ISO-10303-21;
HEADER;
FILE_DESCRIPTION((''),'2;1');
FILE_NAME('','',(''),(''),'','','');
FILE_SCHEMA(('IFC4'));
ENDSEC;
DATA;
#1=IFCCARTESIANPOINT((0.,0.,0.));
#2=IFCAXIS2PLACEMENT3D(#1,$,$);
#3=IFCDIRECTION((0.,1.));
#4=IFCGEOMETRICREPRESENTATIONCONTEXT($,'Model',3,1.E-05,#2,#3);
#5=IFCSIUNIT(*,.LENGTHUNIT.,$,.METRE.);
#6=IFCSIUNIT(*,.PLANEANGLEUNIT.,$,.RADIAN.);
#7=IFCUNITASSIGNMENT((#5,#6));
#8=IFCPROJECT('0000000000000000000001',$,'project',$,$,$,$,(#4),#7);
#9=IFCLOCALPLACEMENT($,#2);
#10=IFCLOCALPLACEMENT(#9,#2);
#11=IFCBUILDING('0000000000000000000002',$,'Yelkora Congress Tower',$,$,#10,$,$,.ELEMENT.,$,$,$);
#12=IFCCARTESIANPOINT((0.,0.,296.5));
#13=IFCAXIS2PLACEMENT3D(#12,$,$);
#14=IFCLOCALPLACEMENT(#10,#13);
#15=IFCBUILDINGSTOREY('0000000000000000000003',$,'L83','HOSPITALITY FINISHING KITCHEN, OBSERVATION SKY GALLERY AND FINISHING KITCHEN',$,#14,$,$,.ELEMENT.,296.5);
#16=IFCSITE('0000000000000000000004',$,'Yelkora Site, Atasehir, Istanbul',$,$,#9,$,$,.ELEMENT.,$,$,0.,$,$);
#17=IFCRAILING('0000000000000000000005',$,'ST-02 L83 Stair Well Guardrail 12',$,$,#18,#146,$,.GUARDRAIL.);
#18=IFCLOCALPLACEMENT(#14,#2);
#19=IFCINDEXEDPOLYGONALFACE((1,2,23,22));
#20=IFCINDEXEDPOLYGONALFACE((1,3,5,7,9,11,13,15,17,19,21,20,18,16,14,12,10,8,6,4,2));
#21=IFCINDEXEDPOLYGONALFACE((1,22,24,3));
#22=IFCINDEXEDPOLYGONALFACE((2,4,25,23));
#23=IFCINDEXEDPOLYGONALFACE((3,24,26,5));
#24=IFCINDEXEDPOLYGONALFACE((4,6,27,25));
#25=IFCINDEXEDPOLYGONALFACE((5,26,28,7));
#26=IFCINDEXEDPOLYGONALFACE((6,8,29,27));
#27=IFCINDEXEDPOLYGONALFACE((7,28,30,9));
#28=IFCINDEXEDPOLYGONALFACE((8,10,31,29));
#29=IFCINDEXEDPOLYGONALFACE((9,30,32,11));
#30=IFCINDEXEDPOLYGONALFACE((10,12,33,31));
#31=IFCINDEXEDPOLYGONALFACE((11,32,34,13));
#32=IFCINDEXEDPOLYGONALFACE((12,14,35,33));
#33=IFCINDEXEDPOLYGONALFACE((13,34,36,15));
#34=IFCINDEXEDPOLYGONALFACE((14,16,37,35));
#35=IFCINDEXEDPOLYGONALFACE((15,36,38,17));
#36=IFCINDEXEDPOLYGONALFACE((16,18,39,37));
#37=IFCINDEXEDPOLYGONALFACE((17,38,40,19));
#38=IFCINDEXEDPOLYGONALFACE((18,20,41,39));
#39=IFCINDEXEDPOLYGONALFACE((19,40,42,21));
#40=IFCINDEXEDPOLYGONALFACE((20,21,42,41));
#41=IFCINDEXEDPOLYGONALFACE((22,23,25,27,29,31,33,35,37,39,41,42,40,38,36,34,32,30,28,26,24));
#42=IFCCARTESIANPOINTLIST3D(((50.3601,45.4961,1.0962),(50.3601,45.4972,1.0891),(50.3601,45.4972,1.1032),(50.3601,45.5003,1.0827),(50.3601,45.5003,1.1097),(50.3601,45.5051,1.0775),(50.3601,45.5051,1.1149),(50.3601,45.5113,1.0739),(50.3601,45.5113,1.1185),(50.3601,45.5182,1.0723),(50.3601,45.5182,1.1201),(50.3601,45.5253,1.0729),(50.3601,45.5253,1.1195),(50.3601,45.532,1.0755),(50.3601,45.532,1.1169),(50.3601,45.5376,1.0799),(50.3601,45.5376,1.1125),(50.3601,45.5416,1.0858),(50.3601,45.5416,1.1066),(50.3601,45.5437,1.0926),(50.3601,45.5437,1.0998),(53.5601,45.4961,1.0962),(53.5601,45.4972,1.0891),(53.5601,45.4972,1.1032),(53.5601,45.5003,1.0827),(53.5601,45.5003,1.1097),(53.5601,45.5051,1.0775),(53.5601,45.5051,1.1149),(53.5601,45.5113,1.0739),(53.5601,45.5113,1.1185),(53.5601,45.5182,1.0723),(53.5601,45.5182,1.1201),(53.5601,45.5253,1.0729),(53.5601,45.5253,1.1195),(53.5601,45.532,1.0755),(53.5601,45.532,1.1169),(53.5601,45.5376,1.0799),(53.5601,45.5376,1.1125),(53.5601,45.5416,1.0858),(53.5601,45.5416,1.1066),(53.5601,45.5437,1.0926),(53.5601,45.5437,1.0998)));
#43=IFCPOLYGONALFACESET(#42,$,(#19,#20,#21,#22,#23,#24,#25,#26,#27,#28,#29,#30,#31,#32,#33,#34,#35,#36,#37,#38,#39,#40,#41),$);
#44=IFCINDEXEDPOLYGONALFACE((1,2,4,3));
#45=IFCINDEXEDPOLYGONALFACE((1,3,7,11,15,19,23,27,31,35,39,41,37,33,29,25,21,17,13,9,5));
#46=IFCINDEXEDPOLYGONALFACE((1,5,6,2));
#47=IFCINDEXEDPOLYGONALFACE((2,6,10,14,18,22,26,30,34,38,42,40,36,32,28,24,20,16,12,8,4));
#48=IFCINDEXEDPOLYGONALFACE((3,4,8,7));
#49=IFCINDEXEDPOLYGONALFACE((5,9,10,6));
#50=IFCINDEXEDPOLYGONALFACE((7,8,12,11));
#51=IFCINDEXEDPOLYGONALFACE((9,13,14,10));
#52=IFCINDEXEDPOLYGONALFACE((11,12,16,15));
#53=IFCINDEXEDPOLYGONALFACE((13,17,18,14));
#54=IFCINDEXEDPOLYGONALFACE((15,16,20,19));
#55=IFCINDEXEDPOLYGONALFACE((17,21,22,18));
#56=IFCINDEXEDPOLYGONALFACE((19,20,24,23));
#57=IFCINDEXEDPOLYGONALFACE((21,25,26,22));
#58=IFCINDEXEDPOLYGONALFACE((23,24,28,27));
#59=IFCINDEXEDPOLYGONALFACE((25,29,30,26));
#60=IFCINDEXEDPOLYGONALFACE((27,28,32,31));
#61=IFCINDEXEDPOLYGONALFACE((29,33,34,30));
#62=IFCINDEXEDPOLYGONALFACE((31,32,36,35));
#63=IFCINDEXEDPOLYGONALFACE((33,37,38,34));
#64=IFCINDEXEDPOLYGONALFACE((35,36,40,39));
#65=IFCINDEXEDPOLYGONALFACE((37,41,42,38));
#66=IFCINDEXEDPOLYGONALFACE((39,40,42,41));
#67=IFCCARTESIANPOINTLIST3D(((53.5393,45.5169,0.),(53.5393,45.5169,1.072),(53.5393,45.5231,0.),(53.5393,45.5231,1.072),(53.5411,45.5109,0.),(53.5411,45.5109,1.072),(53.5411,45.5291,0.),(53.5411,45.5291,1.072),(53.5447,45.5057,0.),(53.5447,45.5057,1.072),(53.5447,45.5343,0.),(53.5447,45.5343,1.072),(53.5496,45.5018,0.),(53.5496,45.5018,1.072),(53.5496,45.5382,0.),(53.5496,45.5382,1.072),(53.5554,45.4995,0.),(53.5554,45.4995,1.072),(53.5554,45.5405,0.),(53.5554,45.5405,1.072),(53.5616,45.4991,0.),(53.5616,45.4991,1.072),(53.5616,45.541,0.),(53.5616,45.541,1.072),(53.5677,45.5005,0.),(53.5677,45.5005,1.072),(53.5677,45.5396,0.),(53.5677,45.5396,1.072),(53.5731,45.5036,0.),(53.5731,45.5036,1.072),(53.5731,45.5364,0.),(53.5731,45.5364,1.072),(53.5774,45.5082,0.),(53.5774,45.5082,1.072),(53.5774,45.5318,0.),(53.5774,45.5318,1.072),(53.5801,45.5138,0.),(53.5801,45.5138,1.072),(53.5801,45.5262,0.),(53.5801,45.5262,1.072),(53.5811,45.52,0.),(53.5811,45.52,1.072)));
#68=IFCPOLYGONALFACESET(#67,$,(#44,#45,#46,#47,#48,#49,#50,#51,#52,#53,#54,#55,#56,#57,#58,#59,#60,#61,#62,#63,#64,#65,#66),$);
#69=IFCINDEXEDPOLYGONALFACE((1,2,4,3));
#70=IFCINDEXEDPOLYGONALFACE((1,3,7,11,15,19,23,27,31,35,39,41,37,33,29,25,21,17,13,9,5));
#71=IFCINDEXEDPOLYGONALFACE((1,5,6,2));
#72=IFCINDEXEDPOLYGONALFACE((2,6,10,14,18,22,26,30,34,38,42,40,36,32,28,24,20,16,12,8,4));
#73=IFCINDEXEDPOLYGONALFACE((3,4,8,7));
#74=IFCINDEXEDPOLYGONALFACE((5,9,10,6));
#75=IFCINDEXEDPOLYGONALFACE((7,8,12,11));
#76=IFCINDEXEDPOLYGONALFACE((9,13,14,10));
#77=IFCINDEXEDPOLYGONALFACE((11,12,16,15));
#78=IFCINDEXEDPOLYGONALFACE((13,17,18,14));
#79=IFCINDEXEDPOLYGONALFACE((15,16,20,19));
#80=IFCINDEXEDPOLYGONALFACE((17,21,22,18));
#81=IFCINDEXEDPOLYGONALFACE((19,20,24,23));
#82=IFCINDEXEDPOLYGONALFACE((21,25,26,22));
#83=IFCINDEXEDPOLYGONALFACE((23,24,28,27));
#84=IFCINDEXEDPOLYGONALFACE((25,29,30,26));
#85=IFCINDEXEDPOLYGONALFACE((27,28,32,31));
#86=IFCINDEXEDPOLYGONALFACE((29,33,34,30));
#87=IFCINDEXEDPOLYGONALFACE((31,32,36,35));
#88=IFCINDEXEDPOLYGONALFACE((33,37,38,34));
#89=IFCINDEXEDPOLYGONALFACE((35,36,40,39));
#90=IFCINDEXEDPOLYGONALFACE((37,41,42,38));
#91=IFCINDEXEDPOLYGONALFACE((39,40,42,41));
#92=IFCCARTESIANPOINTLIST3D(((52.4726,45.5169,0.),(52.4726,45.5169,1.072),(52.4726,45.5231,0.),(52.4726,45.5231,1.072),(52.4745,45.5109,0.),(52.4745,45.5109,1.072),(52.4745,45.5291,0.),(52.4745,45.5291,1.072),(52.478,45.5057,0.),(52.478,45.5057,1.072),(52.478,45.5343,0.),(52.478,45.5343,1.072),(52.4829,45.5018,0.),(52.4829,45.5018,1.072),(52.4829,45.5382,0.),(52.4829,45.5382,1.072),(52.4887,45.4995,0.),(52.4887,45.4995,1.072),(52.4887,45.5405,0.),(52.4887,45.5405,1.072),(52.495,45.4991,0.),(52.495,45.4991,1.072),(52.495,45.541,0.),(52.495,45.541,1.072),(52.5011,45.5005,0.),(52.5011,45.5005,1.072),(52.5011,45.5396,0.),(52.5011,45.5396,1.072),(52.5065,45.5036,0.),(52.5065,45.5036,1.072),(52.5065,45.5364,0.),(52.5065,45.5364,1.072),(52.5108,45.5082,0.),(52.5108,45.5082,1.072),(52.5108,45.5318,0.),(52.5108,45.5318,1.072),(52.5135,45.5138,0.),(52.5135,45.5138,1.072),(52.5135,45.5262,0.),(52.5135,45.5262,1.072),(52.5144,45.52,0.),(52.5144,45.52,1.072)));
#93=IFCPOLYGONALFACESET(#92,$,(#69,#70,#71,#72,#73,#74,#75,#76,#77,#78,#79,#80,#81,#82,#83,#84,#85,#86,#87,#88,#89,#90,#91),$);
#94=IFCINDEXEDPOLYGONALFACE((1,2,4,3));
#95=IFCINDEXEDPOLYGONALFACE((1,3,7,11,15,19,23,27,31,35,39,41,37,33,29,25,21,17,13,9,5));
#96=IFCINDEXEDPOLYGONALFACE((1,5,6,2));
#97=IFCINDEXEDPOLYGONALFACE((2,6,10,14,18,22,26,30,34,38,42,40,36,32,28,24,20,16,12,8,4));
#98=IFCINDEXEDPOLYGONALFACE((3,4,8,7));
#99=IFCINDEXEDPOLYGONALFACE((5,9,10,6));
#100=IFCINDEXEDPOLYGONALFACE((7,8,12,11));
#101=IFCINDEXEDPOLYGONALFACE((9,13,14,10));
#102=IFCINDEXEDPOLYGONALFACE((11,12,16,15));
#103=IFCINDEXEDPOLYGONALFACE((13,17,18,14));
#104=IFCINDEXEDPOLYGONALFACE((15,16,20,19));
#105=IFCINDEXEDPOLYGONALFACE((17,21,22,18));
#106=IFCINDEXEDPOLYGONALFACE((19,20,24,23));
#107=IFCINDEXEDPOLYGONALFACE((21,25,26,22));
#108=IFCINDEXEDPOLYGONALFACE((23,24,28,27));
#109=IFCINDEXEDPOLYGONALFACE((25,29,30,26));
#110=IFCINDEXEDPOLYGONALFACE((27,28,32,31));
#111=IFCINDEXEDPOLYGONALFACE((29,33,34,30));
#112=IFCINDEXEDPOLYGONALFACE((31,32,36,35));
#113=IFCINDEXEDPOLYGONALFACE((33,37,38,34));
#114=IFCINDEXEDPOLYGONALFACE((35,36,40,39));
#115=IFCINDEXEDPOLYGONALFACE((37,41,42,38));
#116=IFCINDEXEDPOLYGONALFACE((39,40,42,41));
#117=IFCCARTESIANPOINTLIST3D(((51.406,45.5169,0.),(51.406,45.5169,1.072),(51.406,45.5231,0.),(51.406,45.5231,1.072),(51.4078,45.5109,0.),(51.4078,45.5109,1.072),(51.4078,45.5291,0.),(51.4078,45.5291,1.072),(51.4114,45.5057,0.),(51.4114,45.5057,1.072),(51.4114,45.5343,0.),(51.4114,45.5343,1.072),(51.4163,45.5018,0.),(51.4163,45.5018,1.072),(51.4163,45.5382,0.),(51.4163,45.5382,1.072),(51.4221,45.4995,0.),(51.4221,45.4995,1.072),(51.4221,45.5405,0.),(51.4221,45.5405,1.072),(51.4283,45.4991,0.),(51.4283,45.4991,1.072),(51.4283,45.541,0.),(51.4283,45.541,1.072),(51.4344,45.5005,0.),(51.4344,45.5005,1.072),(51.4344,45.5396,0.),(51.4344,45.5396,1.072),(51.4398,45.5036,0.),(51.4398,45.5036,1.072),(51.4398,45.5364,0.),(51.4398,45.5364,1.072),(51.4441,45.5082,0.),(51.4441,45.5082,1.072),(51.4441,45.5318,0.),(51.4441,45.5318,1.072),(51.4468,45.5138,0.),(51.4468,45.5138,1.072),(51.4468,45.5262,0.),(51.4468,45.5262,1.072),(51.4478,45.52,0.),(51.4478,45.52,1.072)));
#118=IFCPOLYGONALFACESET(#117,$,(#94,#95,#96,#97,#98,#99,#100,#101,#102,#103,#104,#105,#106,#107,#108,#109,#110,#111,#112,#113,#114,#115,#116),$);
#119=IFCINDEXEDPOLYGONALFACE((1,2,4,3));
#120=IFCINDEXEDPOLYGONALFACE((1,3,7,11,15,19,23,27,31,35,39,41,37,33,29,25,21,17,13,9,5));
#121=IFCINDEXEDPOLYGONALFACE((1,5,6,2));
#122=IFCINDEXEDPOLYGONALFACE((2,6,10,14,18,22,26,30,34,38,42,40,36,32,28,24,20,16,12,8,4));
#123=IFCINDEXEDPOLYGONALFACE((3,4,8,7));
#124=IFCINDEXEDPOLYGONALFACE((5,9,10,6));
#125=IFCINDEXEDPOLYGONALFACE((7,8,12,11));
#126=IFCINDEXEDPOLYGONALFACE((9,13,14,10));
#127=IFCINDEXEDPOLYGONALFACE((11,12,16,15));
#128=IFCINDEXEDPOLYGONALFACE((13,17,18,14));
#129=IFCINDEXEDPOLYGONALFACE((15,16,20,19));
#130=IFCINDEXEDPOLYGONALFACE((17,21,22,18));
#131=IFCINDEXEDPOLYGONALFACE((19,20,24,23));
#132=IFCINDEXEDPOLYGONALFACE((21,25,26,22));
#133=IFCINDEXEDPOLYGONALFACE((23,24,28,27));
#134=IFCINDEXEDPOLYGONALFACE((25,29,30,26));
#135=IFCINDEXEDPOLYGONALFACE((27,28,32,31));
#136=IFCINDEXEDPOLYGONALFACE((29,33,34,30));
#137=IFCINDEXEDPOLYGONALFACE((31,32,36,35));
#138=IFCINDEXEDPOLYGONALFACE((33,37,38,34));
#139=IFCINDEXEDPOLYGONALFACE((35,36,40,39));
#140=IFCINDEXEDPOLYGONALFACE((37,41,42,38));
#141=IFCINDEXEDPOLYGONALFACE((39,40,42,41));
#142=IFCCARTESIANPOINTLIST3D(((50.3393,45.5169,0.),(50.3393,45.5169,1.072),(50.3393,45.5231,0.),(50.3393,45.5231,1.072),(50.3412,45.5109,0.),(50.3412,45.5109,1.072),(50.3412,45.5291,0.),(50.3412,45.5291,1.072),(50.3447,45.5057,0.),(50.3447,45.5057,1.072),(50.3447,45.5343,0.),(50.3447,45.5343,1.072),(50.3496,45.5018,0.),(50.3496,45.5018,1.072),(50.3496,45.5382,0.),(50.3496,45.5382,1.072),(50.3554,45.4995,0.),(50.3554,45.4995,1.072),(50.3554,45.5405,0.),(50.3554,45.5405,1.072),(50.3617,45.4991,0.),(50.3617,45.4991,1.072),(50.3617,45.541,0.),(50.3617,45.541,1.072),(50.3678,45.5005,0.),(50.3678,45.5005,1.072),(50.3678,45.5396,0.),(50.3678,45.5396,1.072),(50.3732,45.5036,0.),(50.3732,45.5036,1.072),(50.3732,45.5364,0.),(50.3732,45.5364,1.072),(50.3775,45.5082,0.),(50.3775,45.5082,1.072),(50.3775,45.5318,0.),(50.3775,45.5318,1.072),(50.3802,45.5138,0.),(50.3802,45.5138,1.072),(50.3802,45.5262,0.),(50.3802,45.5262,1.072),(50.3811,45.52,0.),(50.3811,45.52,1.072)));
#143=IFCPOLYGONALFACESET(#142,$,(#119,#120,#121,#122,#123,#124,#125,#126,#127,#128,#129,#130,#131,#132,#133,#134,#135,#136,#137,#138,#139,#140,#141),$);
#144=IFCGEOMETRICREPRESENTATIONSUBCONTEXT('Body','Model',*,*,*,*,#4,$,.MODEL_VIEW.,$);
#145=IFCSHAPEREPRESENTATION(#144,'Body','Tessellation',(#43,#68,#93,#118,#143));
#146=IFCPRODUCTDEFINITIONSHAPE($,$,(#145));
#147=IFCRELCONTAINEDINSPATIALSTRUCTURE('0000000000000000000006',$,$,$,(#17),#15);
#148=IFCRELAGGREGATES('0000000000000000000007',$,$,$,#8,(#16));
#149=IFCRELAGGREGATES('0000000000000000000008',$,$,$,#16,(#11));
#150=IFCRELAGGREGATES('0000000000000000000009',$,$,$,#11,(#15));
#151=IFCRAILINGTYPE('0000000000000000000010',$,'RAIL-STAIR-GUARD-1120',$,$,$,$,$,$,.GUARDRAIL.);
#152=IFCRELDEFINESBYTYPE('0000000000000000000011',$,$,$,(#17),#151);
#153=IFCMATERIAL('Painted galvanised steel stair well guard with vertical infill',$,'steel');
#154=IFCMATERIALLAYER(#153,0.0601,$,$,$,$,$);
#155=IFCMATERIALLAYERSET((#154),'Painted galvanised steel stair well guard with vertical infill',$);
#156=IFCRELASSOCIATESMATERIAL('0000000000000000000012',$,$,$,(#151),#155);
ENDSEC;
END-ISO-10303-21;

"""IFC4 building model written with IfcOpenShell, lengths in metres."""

from ifc_helpers import new_model, si_unit, direction, frame, origin, origin_2d, place, context, subcontext, project, spatial, circle, extrude, material, layer, layer_set, type_object, element, save


model = new_model("IFC4")

# Units and contexts
model_context = context("Model", 3, precision=1e-05, world=origin(), true_north=direction((0.0, 1.0)))
body_context = subcontext(model_context, "Body", "Model", "MODEL_VIEW")
ifc_project = project(units=[si_unit("LENGTHUNIT", "METRE"), si_unit("PLANEANGLEUNIT", "RADIAN")], contexts=[model_context])

# Site, building, storey
site_placement = place(None, origin())
site = spatial("IfcSite", under=ifc_project, at=site_placement, Name="Yelkora Site, Atasehir, Istanbul", CompositionType="ELEMENT", RefElevation=0.0)
building_placement = place(site_placement, origin())
building = spatial("IfcBuilding", under=site, at=building_placement, Name="Yelkora Congress Tower", CompositionType="ELEMENT")
storey_placement = place(building_placement, frame((0.0, 0.0, 296.5)))
storey = spatial("IfcBuildingStorey", under=building, at=storey_placement, Name="L83", Description="HOSPITALITY FINISHING KITCHEN, OBSERVATION SKY GALLERY AND FINISHING KITCHEN", CompositionType="ELEMENT", Elevation=296.5)

# Railing
ifc_material_1 = material(Name="Painted galvanised steel stair well guard with vertical infill", Category="steel")
ifc_layer_1 = layer(ifc_material_1, 0.0601)
ifc_layer_set_1 = layer_set([ifc_layer_1], Name="Painted galvanised steel stair well guard with vertical infill")
railing_type = type_object("IfcRailingType", Name="RAIL-STAIR-GUARD-1120", PredefinedType="GUARDRAIL", material=ifc_layer_set_1)
railing_1_placement = place(storey_placement, frame((53.5601, 45.52, 0.0)))
element("IfcRailing", 1, at=railing_1_placement, inside=storey, type_object=railing_type, Name="ST-02 L83 Stair Well Guardrail 12", PredefinedType="GUARDRAIL", context=body_context, shape_type="SweptSolid", body=[
    extrude(circle(Radius=0.0239, at=origin_2d()), frame((0.0, 0.0, 1.0962), z_axis=(-1.0, 0.0, 0.0), x_axis=(0.0, -1.0, 0.0)), (0.0, 0.0, 1.0), 3.2),
    extrude(circle(Radius=0.021, at=origin_2d()), origin(), (0.0, 0.0, 1.0), 1.072),
    extrude(circle(Radius=0.021, at=origin_2d()), frame((-1.0667, 0.0, 0.0)), (0.0, 0.0, 1.0), 1.072),
    extrude(circle(Radius=0.021, at=origin_2d()), frame((-2.1333, 0.0, 0.0)), (0.0, 0.0, 1.0), 1.072),
    extrude(circle(Radius=0.021, at=origin_2d()), frame((-3.2, 0.0, 0.0)), (0.0, 0.0, 1.0), 1.072),
])

save(model, "model.ifc")
